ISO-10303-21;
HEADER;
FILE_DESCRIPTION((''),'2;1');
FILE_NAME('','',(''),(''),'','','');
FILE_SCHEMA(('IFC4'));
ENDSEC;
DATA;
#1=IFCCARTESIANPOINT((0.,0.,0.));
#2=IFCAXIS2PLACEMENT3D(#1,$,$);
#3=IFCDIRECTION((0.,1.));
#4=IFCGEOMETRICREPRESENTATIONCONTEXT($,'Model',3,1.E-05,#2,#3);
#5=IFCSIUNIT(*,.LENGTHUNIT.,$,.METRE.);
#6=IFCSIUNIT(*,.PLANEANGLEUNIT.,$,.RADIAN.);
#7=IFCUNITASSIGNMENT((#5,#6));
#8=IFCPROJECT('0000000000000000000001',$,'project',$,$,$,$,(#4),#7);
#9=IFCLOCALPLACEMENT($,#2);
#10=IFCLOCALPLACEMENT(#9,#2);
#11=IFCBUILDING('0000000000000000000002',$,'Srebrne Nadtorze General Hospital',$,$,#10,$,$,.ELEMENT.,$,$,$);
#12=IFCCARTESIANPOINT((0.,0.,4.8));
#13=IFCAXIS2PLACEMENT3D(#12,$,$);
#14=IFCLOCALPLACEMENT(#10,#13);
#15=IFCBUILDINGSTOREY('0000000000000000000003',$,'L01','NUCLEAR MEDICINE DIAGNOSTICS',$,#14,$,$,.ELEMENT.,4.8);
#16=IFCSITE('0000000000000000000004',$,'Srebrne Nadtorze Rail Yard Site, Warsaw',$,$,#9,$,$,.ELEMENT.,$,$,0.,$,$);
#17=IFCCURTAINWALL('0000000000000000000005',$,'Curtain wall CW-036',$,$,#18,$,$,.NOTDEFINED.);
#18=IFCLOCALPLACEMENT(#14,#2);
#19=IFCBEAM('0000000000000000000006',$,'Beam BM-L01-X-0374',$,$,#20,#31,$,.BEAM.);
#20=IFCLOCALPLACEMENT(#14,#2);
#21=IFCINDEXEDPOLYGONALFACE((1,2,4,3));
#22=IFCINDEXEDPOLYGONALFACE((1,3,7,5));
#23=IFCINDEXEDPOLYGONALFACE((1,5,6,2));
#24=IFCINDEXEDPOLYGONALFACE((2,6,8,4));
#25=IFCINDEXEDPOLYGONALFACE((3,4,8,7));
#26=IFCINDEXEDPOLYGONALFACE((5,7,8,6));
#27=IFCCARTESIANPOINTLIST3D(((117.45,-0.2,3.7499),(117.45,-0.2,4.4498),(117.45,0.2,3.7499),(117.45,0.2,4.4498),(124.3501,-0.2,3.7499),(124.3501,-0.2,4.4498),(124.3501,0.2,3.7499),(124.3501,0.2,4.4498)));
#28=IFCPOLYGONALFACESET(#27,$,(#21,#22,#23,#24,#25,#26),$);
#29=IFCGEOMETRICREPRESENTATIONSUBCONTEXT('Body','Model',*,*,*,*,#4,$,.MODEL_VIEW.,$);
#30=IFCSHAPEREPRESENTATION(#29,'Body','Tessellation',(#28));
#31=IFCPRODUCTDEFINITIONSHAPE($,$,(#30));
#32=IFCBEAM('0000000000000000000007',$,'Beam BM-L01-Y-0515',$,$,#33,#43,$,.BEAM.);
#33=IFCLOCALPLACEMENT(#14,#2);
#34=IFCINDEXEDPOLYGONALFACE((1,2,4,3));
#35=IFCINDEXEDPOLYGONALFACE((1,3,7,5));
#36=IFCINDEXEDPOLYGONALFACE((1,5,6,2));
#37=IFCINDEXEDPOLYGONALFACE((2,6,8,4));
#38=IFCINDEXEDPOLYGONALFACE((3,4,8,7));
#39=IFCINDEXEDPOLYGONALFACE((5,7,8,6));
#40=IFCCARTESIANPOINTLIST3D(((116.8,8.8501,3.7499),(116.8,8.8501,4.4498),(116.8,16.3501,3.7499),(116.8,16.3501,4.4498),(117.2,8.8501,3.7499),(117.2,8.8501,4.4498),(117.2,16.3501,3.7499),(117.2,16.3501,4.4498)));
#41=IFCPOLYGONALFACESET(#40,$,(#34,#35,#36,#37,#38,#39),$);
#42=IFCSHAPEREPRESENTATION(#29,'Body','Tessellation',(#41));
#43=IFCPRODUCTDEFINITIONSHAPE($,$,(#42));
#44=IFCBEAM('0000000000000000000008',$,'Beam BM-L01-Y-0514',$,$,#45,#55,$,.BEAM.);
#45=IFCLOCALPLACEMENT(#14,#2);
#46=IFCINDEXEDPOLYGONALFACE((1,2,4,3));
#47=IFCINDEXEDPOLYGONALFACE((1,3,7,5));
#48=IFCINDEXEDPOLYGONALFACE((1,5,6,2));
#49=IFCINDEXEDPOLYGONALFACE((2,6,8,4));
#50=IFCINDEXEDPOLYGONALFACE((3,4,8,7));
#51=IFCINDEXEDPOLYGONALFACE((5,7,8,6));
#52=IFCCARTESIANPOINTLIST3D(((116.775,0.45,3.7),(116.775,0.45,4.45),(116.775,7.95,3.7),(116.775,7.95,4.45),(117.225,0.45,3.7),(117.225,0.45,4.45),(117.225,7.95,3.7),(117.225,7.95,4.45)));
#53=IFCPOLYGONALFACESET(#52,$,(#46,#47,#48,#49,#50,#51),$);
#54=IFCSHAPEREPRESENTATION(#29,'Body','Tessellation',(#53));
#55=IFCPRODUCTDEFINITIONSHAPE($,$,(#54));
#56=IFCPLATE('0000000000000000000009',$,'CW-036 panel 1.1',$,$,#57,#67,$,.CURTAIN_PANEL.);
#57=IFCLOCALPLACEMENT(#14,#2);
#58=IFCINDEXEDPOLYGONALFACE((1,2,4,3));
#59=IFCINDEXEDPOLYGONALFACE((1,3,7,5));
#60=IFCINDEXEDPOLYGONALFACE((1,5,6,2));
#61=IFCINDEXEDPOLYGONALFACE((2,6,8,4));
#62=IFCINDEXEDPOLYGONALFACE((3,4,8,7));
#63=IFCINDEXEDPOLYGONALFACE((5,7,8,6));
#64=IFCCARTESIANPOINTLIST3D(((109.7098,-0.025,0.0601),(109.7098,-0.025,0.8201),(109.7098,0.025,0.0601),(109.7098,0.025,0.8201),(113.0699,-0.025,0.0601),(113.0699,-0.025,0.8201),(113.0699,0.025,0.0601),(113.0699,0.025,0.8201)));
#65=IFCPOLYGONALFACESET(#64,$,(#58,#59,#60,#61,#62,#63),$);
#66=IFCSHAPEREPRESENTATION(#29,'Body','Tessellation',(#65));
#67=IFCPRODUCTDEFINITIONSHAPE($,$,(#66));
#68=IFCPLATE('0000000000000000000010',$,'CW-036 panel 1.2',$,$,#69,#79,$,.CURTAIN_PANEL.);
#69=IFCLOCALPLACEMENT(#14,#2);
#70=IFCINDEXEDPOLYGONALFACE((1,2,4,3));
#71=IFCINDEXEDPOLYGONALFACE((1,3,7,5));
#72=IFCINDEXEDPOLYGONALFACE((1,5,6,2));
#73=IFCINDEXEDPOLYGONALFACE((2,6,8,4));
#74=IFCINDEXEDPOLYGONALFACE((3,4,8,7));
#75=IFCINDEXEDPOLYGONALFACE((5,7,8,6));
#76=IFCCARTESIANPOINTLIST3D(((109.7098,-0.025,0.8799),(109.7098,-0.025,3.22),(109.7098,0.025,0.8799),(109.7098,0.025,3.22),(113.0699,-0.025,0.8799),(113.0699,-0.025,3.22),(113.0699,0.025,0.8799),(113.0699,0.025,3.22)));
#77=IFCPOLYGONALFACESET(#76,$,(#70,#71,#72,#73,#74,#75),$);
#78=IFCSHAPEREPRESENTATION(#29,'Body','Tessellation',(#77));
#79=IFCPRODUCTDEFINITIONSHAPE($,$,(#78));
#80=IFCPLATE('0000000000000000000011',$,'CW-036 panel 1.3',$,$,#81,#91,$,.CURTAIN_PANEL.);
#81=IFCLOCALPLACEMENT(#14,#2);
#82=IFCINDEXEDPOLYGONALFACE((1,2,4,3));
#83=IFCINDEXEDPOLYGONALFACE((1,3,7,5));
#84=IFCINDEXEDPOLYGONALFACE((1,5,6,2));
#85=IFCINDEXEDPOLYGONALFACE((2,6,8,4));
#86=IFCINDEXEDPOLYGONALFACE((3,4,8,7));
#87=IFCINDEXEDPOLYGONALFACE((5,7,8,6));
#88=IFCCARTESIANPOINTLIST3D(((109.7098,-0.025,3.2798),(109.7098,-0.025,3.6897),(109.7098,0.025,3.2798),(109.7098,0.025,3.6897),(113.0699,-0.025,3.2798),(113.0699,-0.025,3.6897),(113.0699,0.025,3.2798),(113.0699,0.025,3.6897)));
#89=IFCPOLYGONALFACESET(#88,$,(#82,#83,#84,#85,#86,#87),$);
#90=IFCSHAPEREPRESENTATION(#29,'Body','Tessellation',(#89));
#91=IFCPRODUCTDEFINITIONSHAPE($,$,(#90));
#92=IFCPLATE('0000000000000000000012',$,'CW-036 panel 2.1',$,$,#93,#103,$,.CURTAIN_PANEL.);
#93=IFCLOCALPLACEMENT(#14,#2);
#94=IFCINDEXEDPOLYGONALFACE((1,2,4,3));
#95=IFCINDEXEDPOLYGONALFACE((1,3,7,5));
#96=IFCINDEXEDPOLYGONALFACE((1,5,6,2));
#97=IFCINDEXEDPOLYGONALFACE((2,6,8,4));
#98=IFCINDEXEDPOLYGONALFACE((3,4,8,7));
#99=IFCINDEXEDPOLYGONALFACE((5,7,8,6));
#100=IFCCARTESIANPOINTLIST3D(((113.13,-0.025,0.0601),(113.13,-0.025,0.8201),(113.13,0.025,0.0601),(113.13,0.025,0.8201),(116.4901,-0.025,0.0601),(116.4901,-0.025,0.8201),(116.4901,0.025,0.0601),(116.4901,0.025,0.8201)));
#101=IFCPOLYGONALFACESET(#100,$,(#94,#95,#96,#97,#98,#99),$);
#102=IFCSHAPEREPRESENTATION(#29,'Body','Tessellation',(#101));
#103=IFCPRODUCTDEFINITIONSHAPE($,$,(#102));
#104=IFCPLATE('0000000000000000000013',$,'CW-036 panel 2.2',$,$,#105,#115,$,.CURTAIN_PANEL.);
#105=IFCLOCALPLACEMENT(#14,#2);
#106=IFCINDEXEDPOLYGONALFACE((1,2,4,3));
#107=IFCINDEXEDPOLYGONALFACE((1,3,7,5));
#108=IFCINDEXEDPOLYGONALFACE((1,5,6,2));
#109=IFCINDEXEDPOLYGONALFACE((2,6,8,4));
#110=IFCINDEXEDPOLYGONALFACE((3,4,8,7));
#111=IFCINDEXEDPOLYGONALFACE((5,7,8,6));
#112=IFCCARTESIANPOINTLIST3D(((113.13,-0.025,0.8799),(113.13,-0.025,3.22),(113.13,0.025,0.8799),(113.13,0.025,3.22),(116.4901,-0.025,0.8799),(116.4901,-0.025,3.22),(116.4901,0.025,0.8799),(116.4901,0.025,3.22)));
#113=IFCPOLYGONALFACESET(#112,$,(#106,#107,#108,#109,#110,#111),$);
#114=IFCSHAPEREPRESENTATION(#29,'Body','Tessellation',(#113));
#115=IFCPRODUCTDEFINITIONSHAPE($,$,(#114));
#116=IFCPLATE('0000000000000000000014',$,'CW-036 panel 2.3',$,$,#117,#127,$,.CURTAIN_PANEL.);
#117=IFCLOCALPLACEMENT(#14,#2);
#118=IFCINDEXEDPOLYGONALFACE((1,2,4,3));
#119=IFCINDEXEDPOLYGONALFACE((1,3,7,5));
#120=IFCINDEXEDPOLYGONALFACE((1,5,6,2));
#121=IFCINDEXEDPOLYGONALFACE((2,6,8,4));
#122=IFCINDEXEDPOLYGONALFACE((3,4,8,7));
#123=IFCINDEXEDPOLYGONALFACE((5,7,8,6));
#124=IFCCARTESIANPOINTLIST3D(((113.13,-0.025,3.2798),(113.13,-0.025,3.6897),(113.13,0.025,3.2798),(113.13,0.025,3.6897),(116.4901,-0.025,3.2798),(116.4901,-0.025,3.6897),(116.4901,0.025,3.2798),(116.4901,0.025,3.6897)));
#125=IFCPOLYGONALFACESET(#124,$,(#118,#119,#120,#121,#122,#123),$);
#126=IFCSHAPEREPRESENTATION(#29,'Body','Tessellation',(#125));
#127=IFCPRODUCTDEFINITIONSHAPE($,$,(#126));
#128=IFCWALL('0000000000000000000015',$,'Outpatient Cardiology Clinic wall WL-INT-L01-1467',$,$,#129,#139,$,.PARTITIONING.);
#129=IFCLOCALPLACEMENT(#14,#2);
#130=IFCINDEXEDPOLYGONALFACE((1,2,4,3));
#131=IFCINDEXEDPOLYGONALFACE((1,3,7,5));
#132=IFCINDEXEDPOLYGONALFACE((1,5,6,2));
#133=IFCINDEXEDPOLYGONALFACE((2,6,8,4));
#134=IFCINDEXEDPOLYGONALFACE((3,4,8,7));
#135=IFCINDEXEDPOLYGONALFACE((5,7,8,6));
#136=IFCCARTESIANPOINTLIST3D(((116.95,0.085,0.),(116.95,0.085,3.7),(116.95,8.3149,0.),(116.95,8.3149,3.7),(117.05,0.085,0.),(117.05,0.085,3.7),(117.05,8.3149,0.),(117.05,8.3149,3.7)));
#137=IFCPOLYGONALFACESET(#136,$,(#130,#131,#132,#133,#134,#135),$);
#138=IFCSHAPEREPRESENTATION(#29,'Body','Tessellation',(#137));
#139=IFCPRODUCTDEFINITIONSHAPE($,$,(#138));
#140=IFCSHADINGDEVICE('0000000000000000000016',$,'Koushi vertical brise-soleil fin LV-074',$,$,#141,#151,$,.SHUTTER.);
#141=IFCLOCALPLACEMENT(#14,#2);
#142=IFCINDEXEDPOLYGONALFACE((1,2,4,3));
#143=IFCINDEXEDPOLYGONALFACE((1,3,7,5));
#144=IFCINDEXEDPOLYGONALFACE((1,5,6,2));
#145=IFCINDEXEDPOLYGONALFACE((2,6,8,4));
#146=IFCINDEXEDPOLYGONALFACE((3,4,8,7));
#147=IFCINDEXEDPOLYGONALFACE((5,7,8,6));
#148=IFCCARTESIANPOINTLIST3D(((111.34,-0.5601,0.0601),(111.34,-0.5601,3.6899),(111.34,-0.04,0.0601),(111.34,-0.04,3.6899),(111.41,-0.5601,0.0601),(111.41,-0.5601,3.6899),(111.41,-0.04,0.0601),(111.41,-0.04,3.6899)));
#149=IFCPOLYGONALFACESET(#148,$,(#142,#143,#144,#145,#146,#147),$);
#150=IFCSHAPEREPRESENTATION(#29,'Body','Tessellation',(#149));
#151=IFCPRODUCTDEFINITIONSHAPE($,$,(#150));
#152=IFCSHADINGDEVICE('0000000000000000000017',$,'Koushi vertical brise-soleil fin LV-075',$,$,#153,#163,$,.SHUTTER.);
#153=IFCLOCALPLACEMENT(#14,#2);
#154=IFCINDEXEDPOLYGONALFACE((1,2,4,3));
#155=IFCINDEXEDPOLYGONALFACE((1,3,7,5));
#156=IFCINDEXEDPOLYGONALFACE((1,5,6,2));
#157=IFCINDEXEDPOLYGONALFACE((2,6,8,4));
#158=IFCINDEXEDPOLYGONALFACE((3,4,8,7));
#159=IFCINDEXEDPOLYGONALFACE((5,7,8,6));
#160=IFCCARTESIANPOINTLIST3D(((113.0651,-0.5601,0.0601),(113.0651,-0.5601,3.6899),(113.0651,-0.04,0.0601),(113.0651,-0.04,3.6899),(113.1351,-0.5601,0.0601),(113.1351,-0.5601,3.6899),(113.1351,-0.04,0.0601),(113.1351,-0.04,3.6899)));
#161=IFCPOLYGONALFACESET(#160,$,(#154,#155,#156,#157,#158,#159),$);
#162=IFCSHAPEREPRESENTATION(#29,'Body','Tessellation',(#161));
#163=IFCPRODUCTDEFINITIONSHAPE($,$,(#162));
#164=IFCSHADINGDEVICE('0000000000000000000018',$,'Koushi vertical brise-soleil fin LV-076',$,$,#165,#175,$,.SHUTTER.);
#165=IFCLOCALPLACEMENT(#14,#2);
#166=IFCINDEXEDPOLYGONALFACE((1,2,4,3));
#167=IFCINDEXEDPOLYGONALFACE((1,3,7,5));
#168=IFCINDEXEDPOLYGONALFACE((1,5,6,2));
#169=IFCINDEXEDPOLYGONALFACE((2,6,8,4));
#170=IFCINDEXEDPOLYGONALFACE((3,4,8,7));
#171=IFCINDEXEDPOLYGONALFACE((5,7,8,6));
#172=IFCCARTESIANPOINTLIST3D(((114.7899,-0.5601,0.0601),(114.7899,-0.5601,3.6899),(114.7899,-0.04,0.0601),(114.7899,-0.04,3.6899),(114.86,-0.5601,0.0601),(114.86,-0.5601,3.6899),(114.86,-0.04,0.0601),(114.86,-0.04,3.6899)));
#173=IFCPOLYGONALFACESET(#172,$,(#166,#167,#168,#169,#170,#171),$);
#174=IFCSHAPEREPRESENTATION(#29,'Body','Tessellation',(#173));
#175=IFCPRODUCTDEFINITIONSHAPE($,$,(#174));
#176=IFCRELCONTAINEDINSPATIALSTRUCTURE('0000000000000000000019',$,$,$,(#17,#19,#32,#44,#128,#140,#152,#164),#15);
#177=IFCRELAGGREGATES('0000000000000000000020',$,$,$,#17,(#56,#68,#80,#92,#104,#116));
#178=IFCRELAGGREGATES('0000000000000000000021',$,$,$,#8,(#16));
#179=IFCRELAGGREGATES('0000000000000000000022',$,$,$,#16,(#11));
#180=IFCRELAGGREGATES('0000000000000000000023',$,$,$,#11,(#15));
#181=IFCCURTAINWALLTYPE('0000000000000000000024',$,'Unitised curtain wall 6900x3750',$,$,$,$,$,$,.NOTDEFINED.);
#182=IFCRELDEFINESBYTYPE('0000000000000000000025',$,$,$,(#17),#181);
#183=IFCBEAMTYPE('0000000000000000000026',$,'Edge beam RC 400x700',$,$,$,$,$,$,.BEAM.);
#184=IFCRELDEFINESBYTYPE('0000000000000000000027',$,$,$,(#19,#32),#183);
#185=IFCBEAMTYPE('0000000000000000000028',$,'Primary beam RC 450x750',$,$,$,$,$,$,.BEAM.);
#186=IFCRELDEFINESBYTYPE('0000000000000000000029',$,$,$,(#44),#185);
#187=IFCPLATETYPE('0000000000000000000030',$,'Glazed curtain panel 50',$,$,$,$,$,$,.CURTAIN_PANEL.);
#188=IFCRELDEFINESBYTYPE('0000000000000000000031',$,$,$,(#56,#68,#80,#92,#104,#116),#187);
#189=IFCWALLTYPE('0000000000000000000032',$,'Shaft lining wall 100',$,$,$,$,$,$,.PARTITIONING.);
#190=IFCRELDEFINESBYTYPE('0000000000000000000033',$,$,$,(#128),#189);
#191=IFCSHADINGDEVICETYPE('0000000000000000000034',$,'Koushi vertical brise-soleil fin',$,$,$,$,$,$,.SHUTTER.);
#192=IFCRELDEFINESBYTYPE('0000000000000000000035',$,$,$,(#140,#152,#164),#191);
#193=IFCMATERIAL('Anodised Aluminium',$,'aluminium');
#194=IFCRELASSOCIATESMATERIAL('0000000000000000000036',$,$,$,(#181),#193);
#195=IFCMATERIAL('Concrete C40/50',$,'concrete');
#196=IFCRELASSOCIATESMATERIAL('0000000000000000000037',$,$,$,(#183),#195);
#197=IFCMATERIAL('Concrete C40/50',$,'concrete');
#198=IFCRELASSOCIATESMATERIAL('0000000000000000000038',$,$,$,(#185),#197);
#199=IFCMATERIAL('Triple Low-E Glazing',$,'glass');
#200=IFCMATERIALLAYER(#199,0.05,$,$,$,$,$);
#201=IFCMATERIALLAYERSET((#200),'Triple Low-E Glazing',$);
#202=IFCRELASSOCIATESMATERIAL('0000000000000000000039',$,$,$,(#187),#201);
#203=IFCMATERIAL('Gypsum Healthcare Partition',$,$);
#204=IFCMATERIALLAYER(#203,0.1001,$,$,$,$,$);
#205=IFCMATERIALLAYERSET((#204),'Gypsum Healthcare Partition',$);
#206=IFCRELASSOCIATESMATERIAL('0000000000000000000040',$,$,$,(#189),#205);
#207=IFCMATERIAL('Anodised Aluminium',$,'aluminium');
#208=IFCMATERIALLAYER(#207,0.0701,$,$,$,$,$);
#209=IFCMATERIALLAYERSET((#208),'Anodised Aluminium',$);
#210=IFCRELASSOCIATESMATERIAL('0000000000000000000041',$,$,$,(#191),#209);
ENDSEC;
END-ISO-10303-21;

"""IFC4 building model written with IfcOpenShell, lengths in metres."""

from ifc_helpers import new_model, si_unit, direction, frame, frame_2d, origin, origin_2d, place, context, subcontext, project, spatial, rectangle, extrude, material, layer, layer_set, material_profile, profile_set, type_object, element, aggregate, save


model = new_model("IFC4")

# Units and contexts
model_context = context("Model", 3, precision=1e-05, world=origin(), true_north=direction((0.0, 1.0)))
body_context = subcontext(model_context, "Body", "Model", "MODEL_VIEW")
ifc_project = project(units=[si_unit("LENGTHUNIT", "METRE"), si_unit("PLANEANGLEUNIT", "RADIAN")], contexts=[model_context])

# Site, building, storey
site_placement = place(None, origin())
site = spatial("IfcSite", under=ifc_project, at=site_placement, Name="Srebrne Nadtorze Rail Yard Site, Warsaw", CompositionType="ELEMENT", RefElevation=0.0)
building_placement = place(site_placement, origin())
building = spatial("IfcBuilding", under=site, at=building_placement, Name="Srebrne Nadtorze General Hospital", CompositionType="ELEMENT")
storey_placement = place(building_placement, frame((0.0, 0.0, 4.8)))
storey = spatial("IfcBuildingStorey", under=building, at=storey_placement, Name="L01", Description="NUCLEAR MEDICINE DIAGNOSTICS", CompositionType="ELEMENT", Elevation=4.8)

# Curtain wall
ifc_material_1 = material(Name="Anodised Aluminium", Category="aluminium")
curtain_wall_type_1 = type_object("IfcCurtainWallType", Name="Unitised curtain wall 6900x3750", PredefinedType="NOTDEFINED", material=ifc_material_1)
curtain_wall_1_placement = place(storey_placement, origin())
curtain_wall_1 = element("IfcCurtainWall", 1, at=curtain_wall_1_placement, inside=storey, type_object=curtain_wall_type_1, Name="Curtain wall CW-036", PredefinedType="NOTDEFINED")

# Beams
ifc_material_2 = material(Name="Concrete C40/50", Category="concrete")
ifc_material_profile_1 = material_profile(ifc_material_2, rectangle(XDim=0.3999, YDim=0.7, at=origin_2d()), Name="RC-BM-400x700")
ifc_profile_set_1 = profile_set([ifc_material_profile_1], Name="Concrete C40/50")
beam_type_1 = type_object("IfcBeamType", Name="Edge beam RC 400x700", PredefinedType="BEAM", material=ifc_profile_set_1)
beam_1_placement = place(storey_placement, frame((117.45, 0.0, 4.0999), z_axis=(1.0, 0.0, 0.0), x_axis=(0.0, 1.0, 0.0)))
element("IfcBeam", 2, at=beam_1_placement, inside=storey, type_object=beam_type_1, Name="Beam BM-L01-X-0374", PredefinedType="BEAM", context=body_context, shape_type="SweptSolid", body=[
    extrude(rectangle(XDim=0.3999, YDim=0.7, at=origin_2d()), origin(), (0.0, 0.0, 1.0), 6.9001),
])
beam_2_placement = place(storey_placement, frame((117.0, 8.8501, 4.0999), z_axis=(0.0, 1.0, 0.0), x_axis=(-1.0, 0.0, 0.0)))
element("IfcBeam", 3, at=beam_2_placement, inside=storey, type_object=beam_type_1, Name="Beam BM-L01-Y-0515", PredefinedType="BEAM", context=body_context, shape_type="SweptSolid", body=[
    extrude(rectangle(XDim=0.3999, YDim=0.7, at=origin_2d()), origin(), (0.0, 0.0, 1.0), 7.5),
])
ifc_material_3 = material(Name="Concrete C40/50", Category="concrete")
ifc_material_profile_2 = material_profile(ifc_material_3, rectangle(XDim=0.45, YDim=0.75, at=origin_2d()), Name="RC-BM-450x750")
ifc_profile_set_2 = profile_set([ifc_material_profile_2], Name="Concrete C40/50")
beam_type_2 = type_object("IfcBeamType", Name="Primary beam RC 450x750", PredefinedType="BEAM", material=ifc_profile_set_2)
beam_3_placement = place(storey_placement, frame((117.0, 0.45, 4.075), z_axis=(0.0, 1.0, 0.0), x_axis=(-1.0, 0.0, 0.0)))
element("IfcBeam", 4, at=beam_3_placement, inside=storey, type_object=beam_type_2, Name="Beam BM-L01-Y-0514", PredefinedType="BEAM", context=body_context, shape_type="SweptSolid", body=[
    extrude(rectangle(XDim=0.45, YDim=0.75, at=origin_2d()), origin(), (0.0, 0.0, 1.0), 7.5),
])

# Plates
ifc_material_4 = material(Name="Triple Low-E Glazing", Category="glass")
ifc_layer_1 = layer(ifc_material_4, 0.05)
ifc_layer_set_1 = layer_set([ifc_layer_1], Name="Triple Low-E Glazing")
plate_type = type_object("IfcPlateType", Name="Glazed curtain panel 50", PredefinedType="CURTAIN_PANEL", material=ifc_layer_set_1)
plate_1_placement = place(storey_placement, frame((111.3899, 0.0, 0.0601), z_axis=(0.0, 0.0, 1.0), x_axis=(1.0, 0.0, 0.0)))
plate_1 = element("IfcPlate", 5, at=plate_1_placement, type_object=plate_type, Name="CW-036 panel 1.1", PredefinedType="CURTAIN_PANEL", context=body_context, shape_type="SweptSolid", body=[
    extrude(rectangle(XDim=3.3601, YDim=0.05, at=origin_2d()), origin(), (0.0, 0.0, 1.0), 0.76),
])
plate_2_placement = place(storey_placement, frame((111.3899, 0.0, 0.8799), z_axis=(0.0, 0.0, 1.0), x_axis=(1.0, 0.0, 0.0)))
plate_2 = element("IfcPlate", 6, at=plate_2_placement, type_object=plate_type, Name="CW-036 panel 1.2", PredefinedType="CURTAIN_PANEL", context=body_context, shape_type="SweptSolid", body=[
    extrude(rectangle(XDim=3.3601, YDim=0.05, at=origin_2d()), origin(), (0.0, 0.0, 1.0), 2.3401),
])
plate_3_placement = place(storey_placement, frame((111.3899, 0.0, 3.2798), z_axis=(0.0, 0.0, 1.0), x_axis=(1.0, 0.0, 0.0)))
plate_3 = element("IfcPlate", 7, at=plate_3_placement, type_object=plate_type, Name="CW-036 panel 1.3", PredefinedType="CURTAIN_PANEL", context=body_context, shape_type="SweptSolid", body=[
    extrude(rectangle(XDim=3.3601, YDim=0.05, at=origin_2d()), origin(), (0.0, 0.0, 1.0), 0.4099),
])
plate_4_placement = place(storey_placement, frame((114.8101, 0.0, 0.0601), z_axis=(0.0, 0.0, 1.0), x_axis=(1.0, 0.0, 0.0)))
plate_4 = element("IfcPlate", 8, at=plate_4_placement, type_object=plate_type, Name="CW-036 panel 2.1", PredefinedType="CURTAIN_PANEL", context=body_context, shape_type="SweptSolid", body=[
    extrude(rectangle(XDim=3.3601, YDim=0.05, at=origin_2d()), origin(), (0.0, 0.0, 1.0), 0.76),
])
plate_5_placement = place(storey_placement, frame((114.8101, 0.0, 0.8799), z_axis=(0.0, 0.0, 1.0), x_axis=(1.0, 0.0, 0.0)))
plate_5 = element("IfcPlate", 9, at=plate_5_placement, type_object=plate_type, Name="CW-036 panel 2.2", PredefinedType="CURTAIN_PANEL", context=body_context, shape_type="SweptSolid", body=[
    extrude(rectangle(XDim=3.3601, YDim=0.05, at=origin_2d()), origin(), (0.0, 0.0, 1.0), 2.3401),
])
plate_6_placement = place(storey_placement, frame((114.8101, 0.0, 3.2798), z_axis=(0.0, 0.0, 1.0), x_axis=(1.0, 0.0, 0.0)))
plate_6 = element("IfcPlate", 10, at=plate_6_placement, type_object=plate_type, Name="CW-036 panel 2.3", PredefinedType="CURTAIN_PANEL", context=body_context, shape_type="SweptSolid", body=[
    extrude(rectangle(XDim=3.3601, YDim=0.05, at=origin_2d()), origin(), (0.0, 0.0, 1.0), 0.4099),
])
aggregate(curtain_wall_1, [plate_1, plate_2, plate_3, plate_4, plate_5, plate_6])

# Wall
ifc_material_5 = material(Name="Gypsum Healthcare Partition")
ifc_layer_2 = layer(ifc_material_5, 0.1001)
ifc_layer_set_2 = layer_set([ifc_layer_2], Name="Gypsum Healthcare Partition")
wall_type = type_object("IfcWallType", Name="Shaft lining wall 100", PredefinedType="PARTITIONING", material=ifc_layer_set_2)
wall_placement = place(storey_placement, frame((117.0, 0.085, 0.0), z_axis=(0.0, 0.0, 1.0), x_axis=(0.0, 1.0, 0.0)))
element("IfcWall", 11, at=wall_placement, inside=storey, type_object=wall_type, Name="Outpatient Cardiology Clinic wall WL-INT-L01-1467", PredefinedType="PARTITIONING", context=body_context, shape_type="SweptSolid", body=[
    extrude(rectangle(XDim=8.23, YDim=0.1001, at=frame_2d((4.115, 0.0))), origin(), (0.0, 0.0, 1.0), 3.7),
])

# Shading devices
ifc_material_6 = material(Name="Anodised Aluminium", Category="aluminium")
ifc_layer_3 = layer(ifc_material_6, 0.0701)
ifc_layer_set_3 = layer_set([ifc_layer_3], Name="Anodised Aluminium")
shading_device_type = type_object("IfcShadingDeviceType", Name="Koushi vertical brise-soleil fin", PredefinedType="SHUTTER", material=ifc_layer_set_3)
for number, where, z_axis, x_axis, name in (
    (12, (111.375, -0.3, 0.0601), (0.0, 0.0, 1.0), (1.0, 0.0, 0.0), "Koushi vertical brise-soleil fin LV-074"),
    (13, (113.1001, -0.3, 0.0601), (0.0, 0.0, 1.0), (1.0, 0.0, 0.0), "Koushi vertical brise-soleil fin LV-075"),
    (14, (114.825, -0.3, 0.0601), (0.0, 0.0, 1.0), (1.0, 0.0, 0.0), "Koushi vertical brise-soleil fin LV-076"),
):
    element("IfcShadingDevice", number, at=place(storey_placement, frame(where, z_axis=z_axis, x_axis=x_axis)), inside=storey, type_object=shading_device_type, Name=name, PredefinedType="SHUTTER", context=body_context, shape_type="SweptSolid", body=[
        extrude(rectangle(XDim=0.0701, YDim=0.52, at=origin_2d()), origin(), (0.0, 0.0, 1.0), 3.6299),
    ])

save(model, "model.ifc")
